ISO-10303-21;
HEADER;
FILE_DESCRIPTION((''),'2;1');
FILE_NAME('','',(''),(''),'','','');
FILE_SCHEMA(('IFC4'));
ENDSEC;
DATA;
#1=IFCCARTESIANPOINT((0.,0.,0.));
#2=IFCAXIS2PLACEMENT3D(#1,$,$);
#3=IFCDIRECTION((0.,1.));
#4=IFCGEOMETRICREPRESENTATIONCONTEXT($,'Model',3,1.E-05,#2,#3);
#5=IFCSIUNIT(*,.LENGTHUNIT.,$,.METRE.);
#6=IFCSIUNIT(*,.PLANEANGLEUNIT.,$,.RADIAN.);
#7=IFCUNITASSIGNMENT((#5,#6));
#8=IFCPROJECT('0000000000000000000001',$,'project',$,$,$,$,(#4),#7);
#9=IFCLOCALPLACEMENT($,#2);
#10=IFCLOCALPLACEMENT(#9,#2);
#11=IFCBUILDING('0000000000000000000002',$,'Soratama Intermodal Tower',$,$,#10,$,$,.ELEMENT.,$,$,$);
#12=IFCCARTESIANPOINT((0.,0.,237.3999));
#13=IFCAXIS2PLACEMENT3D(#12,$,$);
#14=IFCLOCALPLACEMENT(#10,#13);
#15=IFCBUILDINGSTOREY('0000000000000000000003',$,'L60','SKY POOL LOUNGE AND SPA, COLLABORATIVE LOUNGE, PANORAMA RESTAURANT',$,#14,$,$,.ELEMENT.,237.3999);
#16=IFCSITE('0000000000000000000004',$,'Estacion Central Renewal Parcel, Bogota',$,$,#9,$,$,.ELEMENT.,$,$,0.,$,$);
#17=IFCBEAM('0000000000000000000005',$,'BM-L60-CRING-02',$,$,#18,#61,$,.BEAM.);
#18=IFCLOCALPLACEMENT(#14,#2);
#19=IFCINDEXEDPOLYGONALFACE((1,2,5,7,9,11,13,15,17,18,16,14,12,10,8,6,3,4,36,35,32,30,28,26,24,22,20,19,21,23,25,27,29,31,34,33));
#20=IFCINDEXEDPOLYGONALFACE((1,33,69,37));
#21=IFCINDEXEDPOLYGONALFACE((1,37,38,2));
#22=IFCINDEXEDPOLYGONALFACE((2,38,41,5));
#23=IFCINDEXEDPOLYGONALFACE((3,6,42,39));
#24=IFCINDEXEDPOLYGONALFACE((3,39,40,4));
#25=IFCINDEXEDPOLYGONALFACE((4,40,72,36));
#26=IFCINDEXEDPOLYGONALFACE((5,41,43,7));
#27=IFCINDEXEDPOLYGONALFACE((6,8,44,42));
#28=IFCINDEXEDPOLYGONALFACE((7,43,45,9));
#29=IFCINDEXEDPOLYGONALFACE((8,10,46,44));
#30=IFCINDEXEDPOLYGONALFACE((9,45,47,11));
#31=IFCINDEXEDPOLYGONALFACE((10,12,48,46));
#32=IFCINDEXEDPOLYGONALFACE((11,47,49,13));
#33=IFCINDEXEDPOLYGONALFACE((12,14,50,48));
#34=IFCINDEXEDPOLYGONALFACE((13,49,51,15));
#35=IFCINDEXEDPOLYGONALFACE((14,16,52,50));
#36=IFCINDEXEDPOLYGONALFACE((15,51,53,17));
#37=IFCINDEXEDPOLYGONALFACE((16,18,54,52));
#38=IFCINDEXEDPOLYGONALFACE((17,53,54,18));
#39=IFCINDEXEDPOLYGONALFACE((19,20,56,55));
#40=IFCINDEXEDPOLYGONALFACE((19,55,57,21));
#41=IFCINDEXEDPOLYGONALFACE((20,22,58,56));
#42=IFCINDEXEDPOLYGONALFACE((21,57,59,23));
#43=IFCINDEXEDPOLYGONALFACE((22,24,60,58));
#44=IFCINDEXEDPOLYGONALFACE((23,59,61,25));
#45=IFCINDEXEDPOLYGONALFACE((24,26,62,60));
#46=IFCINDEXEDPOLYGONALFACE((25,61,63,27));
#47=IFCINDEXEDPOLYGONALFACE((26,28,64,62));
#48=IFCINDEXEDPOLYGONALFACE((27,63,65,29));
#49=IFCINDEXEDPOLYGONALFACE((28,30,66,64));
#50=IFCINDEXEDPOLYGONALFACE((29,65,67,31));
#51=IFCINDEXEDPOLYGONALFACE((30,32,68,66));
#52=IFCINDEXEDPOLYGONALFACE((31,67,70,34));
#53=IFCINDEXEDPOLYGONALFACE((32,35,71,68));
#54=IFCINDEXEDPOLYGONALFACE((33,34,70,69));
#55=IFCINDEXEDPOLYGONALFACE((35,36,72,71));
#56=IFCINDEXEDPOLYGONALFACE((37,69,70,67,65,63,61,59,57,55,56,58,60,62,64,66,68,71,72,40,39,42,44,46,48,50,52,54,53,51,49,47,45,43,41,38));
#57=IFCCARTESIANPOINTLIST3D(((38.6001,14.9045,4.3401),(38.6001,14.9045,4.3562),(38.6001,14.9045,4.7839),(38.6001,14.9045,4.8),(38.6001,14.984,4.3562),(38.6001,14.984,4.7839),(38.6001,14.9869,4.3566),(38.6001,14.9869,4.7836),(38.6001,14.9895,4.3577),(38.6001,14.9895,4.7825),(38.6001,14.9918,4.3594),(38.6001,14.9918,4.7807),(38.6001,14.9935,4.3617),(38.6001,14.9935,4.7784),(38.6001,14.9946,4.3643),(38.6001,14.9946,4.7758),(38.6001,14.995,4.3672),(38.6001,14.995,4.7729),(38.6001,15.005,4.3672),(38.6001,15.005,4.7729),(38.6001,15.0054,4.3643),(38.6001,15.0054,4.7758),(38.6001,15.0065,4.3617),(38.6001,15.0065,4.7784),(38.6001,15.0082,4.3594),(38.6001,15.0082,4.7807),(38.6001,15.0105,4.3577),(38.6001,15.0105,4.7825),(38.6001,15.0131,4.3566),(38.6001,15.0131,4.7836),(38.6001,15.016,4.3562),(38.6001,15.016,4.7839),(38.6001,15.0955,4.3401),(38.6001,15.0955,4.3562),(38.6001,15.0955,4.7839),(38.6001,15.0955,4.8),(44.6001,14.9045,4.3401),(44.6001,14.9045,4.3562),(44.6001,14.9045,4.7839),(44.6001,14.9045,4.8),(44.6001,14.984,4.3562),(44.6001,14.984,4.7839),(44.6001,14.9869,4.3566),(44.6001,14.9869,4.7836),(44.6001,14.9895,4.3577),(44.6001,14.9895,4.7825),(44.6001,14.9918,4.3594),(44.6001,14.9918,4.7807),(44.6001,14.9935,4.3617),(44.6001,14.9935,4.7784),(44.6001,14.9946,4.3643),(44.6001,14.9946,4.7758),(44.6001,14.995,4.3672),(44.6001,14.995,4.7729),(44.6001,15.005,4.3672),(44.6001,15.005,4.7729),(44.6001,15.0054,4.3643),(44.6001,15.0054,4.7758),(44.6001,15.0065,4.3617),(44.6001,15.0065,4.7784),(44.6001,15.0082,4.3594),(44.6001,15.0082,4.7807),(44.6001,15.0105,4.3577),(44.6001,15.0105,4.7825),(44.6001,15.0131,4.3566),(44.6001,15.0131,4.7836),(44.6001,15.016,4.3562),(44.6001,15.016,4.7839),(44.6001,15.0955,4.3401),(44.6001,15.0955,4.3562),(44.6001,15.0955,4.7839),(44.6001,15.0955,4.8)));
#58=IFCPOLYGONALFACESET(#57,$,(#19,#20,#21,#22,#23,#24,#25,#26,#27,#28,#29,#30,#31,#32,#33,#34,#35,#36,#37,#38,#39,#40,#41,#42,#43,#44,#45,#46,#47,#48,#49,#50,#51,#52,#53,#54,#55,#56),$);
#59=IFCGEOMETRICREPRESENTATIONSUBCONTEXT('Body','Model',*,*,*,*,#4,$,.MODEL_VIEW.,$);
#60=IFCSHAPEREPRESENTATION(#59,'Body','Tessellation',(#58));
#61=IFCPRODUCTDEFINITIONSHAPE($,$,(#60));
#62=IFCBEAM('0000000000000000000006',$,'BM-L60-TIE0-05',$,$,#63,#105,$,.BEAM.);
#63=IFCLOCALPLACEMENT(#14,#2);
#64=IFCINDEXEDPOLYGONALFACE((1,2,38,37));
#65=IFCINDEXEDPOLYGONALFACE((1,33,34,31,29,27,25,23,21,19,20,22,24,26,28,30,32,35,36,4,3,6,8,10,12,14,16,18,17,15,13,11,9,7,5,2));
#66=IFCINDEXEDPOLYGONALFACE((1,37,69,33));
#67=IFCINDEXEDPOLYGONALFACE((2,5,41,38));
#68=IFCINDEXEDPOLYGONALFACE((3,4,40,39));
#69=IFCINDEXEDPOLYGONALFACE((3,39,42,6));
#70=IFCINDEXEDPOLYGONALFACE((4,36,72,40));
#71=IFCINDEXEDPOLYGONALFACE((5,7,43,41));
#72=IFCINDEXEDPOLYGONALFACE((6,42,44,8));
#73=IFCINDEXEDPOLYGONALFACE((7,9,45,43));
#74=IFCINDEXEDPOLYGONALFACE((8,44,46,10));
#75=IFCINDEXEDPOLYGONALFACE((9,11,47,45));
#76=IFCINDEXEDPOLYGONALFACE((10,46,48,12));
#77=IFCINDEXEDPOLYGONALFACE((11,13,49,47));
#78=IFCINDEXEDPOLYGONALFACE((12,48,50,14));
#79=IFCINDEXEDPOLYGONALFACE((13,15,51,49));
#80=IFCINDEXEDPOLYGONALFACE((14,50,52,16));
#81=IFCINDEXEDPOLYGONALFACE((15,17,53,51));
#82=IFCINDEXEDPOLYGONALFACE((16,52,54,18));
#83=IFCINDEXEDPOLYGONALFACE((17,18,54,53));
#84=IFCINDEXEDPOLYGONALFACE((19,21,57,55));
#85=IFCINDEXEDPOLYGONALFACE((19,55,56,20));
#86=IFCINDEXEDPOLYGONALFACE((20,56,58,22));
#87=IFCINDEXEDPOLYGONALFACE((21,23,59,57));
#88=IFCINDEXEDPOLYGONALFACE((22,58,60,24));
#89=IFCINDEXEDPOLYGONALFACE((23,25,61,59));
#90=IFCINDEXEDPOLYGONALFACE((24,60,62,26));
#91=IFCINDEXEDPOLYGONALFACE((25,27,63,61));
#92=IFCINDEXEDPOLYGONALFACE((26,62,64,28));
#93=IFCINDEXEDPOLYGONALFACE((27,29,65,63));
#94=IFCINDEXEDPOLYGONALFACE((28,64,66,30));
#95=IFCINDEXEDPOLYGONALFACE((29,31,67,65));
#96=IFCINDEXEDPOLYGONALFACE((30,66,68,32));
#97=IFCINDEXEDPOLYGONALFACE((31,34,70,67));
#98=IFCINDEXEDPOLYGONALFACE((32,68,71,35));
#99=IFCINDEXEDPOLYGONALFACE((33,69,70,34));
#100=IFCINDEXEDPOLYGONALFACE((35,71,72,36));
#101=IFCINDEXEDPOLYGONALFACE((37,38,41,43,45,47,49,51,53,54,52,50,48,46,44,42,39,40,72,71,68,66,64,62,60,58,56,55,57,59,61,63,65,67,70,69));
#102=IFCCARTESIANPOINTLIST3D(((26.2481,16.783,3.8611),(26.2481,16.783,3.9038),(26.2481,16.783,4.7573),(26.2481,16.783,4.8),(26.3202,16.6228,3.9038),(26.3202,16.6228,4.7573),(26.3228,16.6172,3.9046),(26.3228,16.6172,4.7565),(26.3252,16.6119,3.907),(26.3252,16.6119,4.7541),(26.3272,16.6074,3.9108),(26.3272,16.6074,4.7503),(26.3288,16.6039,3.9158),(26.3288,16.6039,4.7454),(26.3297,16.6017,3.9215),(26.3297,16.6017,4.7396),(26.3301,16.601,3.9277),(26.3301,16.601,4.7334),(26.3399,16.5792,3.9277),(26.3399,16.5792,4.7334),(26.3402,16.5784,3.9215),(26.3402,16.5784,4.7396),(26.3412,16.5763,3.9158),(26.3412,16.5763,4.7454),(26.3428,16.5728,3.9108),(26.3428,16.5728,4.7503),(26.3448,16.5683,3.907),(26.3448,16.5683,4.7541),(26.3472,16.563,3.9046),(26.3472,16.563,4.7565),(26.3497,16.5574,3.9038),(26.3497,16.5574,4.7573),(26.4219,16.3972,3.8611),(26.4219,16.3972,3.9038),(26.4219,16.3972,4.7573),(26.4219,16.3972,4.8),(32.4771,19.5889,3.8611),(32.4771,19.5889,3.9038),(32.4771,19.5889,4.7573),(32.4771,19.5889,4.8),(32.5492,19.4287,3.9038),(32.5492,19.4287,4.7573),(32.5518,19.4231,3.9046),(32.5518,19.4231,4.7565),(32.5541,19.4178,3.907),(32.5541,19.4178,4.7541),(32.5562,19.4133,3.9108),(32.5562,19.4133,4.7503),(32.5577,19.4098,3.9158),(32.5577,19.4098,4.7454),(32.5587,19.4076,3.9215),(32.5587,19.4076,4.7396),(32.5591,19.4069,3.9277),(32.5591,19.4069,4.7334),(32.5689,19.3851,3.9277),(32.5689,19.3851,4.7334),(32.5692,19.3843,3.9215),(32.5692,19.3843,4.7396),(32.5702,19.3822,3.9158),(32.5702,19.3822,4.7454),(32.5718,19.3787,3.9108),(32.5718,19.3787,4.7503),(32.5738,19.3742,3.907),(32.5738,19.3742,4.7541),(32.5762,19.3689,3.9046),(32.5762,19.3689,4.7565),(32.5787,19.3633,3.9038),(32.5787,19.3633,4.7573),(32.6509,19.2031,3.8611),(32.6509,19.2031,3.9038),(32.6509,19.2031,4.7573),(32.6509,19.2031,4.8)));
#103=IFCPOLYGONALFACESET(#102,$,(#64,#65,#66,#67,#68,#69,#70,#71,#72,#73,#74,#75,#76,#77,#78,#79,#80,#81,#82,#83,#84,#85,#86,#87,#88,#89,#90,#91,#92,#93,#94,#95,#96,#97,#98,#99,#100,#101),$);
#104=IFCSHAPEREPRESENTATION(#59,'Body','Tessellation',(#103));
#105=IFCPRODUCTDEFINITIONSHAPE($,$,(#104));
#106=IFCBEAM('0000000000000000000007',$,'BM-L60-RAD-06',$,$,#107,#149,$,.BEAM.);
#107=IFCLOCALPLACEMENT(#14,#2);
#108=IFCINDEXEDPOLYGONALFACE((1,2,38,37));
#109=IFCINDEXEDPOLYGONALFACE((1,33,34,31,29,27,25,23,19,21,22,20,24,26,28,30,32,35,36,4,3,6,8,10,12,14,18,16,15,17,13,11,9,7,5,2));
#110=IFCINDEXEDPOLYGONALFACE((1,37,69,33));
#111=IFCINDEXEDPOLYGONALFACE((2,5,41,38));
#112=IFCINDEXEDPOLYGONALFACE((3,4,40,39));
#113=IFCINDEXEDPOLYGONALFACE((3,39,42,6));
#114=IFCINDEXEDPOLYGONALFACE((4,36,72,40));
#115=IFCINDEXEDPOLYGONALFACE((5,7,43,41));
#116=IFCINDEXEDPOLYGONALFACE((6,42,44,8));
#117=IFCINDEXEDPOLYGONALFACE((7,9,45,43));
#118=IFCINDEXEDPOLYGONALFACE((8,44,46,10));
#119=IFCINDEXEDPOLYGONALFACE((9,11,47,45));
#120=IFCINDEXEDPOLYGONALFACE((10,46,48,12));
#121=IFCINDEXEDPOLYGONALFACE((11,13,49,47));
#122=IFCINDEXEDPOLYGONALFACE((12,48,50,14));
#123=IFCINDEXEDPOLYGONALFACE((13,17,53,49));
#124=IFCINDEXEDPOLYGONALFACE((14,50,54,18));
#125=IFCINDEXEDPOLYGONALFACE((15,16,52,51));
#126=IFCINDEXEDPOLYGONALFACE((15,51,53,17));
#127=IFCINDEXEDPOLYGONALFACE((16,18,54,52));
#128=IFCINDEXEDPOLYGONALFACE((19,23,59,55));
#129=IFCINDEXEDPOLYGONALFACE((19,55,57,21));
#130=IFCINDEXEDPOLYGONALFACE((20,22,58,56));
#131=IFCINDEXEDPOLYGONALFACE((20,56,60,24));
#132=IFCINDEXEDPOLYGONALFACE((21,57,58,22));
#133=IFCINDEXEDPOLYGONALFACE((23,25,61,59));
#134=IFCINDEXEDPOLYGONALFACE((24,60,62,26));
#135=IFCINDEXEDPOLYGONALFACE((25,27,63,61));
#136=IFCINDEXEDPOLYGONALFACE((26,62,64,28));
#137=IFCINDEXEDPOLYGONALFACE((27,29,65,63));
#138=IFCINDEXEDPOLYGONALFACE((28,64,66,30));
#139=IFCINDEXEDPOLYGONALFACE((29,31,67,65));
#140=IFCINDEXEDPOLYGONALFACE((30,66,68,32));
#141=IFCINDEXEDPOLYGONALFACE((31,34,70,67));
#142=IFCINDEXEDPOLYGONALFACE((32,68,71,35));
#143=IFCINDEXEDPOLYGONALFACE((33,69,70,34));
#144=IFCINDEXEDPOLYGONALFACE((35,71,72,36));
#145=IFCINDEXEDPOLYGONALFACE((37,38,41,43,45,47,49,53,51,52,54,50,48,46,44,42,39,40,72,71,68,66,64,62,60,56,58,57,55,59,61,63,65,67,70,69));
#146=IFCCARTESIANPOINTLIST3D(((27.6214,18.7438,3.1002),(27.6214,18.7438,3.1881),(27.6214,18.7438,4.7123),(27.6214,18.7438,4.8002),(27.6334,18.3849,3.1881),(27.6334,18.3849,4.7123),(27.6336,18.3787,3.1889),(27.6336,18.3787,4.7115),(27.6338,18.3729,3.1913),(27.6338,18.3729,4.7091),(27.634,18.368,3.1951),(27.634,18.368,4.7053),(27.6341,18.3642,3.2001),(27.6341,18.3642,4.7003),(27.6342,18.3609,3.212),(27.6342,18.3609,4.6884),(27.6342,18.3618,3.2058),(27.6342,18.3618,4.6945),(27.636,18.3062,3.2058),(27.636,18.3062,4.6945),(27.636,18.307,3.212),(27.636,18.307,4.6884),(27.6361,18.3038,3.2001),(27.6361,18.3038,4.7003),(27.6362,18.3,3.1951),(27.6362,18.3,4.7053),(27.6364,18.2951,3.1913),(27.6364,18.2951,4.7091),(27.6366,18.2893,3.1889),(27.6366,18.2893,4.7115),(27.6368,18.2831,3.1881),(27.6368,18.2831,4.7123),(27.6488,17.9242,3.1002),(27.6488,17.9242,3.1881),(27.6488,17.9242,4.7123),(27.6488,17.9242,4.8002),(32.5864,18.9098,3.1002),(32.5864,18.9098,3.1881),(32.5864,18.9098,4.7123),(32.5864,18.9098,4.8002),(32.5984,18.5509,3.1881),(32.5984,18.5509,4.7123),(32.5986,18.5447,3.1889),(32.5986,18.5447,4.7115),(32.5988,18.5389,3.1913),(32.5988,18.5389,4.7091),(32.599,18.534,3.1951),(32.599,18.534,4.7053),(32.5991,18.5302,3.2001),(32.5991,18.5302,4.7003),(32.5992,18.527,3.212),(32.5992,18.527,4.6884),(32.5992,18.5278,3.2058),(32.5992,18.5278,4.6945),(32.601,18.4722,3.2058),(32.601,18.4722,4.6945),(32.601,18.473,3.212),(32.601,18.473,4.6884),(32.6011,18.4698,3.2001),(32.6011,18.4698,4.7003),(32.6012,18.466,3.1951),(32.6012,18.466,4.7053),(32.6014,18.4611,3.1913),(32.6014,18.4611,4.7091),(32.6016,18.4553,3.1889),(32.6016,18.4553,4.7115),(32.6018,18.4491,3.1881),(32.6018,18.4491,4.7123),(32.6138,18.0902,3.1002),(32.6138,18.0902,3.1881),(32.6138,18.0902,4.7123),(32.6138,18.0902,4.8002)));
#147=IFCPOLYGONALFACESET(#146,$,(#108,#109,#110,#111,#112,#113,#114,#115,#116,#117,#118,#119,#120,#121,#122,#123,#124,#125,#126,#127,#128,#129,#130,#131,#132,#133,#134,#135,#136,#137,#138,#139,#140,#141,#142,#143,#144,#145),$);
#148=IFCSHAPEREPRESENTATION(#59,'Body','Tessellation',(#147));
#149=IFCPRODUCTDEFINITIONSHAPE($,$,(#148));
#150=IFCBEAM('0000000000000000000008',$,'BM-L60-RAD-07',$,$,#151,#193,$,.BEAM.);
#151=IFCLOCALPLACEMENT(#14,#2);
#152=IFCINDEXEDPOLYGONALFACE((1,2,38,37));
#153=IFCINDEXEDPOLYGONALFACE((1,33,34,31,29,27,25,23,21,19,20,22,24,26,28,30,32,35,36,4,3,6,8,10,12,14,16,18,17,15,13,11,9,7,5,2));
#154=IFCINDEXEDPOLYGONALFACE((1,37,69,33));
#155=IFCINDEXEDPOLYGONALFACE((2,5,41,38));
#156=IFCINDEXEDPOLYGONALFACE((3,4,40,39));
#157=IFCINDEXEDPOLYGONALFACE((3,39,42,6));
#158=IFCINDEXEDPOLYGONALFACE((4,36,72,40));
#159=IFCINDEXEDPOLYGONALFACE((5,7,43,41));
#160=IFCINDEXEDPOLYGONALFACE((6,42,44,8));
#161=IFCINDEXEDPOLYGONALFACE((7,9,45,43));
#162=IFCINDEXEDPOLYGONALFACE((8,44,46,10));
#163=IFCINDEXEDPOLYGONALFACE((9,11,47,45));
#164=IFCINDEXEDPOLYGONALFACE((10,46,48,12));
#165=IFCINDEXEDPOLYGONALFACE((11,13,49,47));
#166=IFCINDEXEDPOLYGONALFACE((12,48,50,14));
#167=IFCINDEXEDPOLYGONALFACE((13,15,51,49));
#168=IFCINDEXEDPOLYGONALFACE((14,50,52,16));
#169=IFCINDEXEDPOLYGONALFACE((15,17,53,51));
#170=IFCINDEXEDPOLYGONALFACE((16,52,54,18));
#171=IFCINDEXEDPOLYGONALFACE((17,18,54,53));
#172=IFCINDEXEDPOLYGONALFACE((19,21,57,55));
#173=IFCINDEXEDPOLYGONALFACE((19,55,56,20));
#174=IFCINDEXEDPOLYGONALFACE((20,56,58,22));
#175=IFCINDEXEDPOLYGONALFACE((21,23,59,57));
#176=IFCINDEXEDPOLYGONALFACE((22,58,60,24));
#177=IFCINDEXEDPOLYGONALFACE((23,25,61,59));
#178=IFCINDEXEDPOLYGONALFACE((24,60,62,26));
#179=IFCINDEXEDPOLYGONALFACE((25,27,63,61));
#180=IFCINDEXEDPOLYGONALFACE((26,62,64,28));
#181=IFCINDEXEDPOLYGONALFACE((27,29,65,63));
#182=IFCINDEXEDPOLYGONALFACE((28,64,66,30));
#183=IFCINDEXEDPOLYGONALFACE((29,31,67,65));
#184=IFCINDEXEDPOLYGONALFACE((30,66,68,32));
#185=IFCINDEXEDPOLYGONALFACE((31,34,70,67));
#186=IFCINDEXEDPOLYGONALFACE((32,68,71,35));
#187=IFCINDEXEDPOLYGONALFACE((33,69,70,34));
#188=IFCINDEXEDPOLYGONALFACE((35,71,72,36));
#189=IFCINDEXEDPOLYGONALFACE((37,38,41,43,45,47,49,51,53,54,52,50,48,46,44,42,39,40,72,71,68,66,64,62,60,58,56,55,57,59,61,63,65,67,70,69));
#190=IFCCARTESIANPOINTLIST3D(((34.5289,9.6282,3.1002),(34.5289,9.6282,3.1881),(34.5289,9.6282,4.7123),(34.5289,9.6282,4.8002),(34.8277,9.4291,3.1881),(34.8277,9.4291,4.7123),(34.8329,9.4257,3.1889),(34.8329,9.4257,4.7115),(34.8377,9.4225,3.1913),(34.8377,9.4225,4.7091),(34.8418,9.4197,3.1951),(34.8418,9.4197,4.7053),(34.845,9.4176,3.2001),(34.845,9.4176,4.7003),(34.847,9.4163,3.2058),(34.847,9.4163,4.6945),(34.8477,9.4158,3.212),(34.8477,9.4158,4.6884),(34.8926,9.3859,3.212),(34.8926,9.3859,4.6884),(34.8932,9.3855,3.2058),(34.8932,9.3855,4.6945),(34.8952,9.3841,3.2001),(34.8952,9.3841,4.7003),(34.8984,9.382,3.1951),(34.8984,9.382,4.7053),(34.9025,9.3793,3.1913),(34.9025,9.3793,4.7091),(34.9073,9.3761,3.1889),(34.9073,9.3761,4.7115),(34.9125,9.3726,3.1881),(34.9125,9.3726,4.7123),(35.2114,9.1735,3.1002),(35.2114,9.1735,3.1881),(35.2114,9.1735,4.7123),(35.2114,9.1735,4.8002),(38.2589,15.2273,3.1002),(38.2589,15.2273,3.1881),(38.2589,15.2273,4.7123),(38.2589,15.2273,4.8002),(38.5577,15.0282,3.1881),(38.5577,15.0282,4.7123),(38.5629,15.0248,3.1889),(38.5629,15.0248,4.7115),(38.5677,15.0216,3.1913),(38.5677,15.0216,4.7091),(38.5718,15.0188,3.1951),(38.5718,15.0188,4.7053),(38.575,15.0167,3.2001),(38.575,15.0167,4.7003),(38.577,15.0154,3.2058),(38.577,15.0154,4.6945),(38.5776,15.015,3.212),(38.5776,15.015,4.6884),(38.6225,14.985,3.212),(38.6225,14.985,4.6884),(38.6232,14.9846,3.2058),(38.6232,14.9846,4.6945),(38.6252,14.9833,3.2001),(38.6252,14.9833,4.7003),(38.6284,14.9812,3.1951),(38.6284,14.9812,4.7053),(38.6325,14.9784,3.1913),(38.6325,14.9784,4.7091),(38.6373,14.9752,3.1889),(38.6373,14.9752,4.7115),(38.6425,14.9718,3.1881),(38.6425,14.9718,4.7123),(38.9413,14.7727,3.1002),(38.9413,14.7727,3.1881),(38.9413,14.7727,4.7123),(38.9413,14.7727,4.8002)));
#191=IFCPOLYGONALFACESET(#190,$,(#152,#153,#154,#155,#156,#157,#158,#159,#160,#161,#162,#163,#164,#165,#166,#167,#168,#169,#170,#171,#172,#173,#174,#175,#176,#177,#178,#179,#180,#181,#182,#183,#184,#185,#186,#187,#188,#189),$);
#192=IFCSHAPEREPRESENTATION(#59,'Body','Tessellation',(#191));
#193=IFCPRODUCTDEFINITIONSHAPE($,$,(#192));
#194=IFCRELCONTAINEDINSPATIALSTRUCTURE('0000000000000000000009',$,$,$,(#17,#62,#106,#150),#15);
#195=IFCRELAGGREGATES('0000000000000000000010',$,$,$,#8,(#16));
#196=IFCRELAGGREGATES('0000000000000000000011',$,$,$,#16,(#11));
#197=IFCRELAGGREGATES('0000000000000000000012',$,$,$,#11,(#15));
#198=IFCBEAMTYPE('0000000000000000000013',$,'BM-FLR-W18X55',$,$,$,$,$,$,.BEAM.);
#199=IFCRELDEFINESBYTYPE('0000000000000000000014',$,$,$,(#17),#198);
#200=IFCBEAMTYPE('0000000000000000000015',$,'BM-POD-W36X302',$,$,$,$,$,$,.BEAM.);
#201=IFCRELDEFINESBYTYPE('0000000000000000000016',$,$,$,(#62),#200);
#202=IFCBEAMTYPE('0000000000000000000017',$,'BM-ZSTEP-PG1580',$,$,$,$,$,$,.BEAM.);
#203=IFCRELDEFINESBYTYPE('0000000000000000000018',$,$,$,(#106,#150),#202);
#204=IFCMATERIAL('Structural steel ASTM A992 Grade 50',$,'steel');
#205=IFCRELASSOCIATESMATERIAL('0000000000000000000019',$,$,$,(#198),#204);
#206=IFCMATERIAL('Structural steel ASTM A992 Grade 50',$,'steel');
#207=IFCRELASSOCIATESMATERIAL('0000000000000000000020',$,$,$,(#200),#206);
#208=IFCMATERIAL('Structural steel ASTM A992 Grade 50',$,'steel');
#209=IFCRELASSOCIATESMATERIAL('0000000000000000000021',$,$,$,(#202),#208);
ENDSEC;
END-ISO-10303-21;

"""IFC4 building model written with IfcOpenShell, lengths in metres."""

from ifc_helpers import new_model, si_unit, direction, frame, origin, origin_2d, place, context, subcontext, project, spatial, i_section, extrude, material, material_profile, profile_set, type_object, element, save


model = new_model("IFC4")

# Units and contexts
model_context = context("Model", 3, precision=1e-05, world=origin(), true_north=direction((0.0, 1.0)))
body_context = subcontext(model_context, "Body", "Model", "MODEL_VIEW")
ifc_project = project(units=[si_unit("LENGTHUNIT", "METRE"), si_unit("PLANEANGLEUNIT", "RADIAN")], contexts=[model_context])

# Site, building, storey
site_placement = place(None, origin())
site = spatial("IfcSite", under=ifc_project, at=site_placement, Name="Estacion Central Renewal Parcel, Bogota", CompositionType="ELEMENT", RefElevation=0.0)
building_placement = place(site_placement, origin())
building = spatial("IfcBuilding", under=site, at=building_placement, Name="Soratama Intermodal Tower", CompositionType="ELEMENT")
storey_placement = place(building_placement, frame((0.0, 0.0, 237.3999)))
storey = spatial("IfcBuildingStorey", under=building, at=storey_placement, Name="L60", Description="SKY POOL LOUNGE AND SPA, COLLABORATIVE LOUNGE, PANORAMA RESTAURANT", CompositionType="ELEMENT", Elevation=237.3999)

# Beams
ifc_material_1 = material(Name="Structural steel ASTM A992 Grade 50", Category="steel")
ifc_material_profile_1 = material_profile(ifc_material_1, i_section(OverallWidth=0.1909, OverallDepth=0.46, WebThickness=0.01, FlangeThickness=0.0161, FilletRadius=0.011, at=origin_2d()), Name="W18X55")
ifc_profile_set_1 = profile_set([ifc_material_profile_1], Name="Structural steel ASTM A992 Grade 50")
beam_type_1 = type_object("IfcBeamType", Name="BM-FLR-W18X55", PredefinedType="BEAM", material=ifc_profile_set_1)
beam_1_placement = place(storey_placement, frame((38.6001, 15.0, 4.5701), z_axis=(1.0, 0.0, 0.0), x_axis=(0.0, 1.0, 0.0)))
element("IfcBeam", 1, at=beam_1_placement, inside=storey, type_object=beam_type_1, Name="BM-L60-CRING-02", PredefinedType="BEAM", context=body_context, shape_type="SweptSolid", body=[
    extrude(i_section(OverallWidth=0.1909, OverallDepth=0.46, WebThickness=0.01, FlangeThickness=0.0161, FilletRadius=0.011, at=origin_2d()), origin(), (0.0, 0.0, 1.0), 6.0),
])
ifc_material_2 = material(Name="Structural steel ASTM A992 Grade 50", Category="steel")
ifc_material_profile_2 = material_profile(ifc_material_2, i_section(OverallWidth=0.4231, OverallDepth=0.939, WebThickness=0.0239, FlangeThickness=0.0427, FilletRadius=0.0239, at=origin_2d()), Name="W36X302")
ifc_profile_set_2 = profile_set([ifc_material_profile_2], Name="Structural steel ASTM A992 Grade 50")
beam_type_2 = type_object("IfcBeamType", Name="BM-POD-W36X302", PredefinedType="BEAM", material=ifc_profile_set_2)
beam_2_placement = place(storey_placement, frame((32.564, 19.396, 4.3306), z_axis=(-0.911765, -0.410712, 0.0), x_axis=(0.410712, -0.911765, 0.0)))
element("IfcBeam", 2, at=beam_2_placement, inside=storey, type_object=beam_type_2, Name="BM-L60-TIE0-05", PredefinedType="BEAM", context=body_context, shape_type="SweptSolid", body=[
    extrude(i_section(OverallWidth=0.4231, OverallDepth=0.939, WebThickness=0.0239, FlangeThickness=0.0427, FilletRadius=0.0239, at=origin_2d()), origin(), (0.0, 0.0, 1.0), 6.8318),
])
ifc_material_3 = material(Name="Structural steel ASTM A992 Grade 50", Category="steel")
ifc_material_profile_3 = material_profile(ifc_material_3, i_section(OverallWidth=0.8201, OverallDepth=1.7, WebThickness=0.054, FlangeThickness=0.0879, FilletRadius=0.0239, at=origin_2d()), Name="PG1580X800")
ifc_profile_set_3 = profile_set([ifc_material_profile_3], Name="Structural steel ASTM A992 Grade 50")
beam_type_3 = type_object("IfcBeamType", Name="BM-ZSTEP-PG1580", PredefinedType="BEAM", material=ifc_profile_set_3)
beam_3_placement = place(storey_placement, frame((32.6001, 18.5, 3.9502), z_axis=(-0.999441, -0.033418, 0.0), x_axis=(0.033418, -0.999441, 0.0)))
element("IfcBeam", 3, at=beam_3_placement, inside=storey, type_object=beam_type_3, Name="BM-L60-RAD-06", PredefinedType="BEAM", context=body_context, shape_type="SweptSolid", body=[
    extrude(i_section(OverallWidth=0.8201, OverallDepth=1.7, WebThickness=0.054, FlangeThickness=0.0879, FilletRadius=0.0239, at=origin_2d()), origin(), (0.0, 0.0, 1.0), 4.9678),
])
beam_4_placement = place(storey_placement, frame((38.6001, 15.0, 3.9502), z_axis=(-0.554415, -0.83224, 0.0), x_axis=(0.83224, -0.554415, 0.0)))
element("IfcBeam", 4, at=beam_4_placement, inside=storey, type_object=beam_type_3, Name="BM-L60-RAD-07", PredefinedType="BEAM", context=body_context, shape_type="SweptSolid", body=[
    extrude(i_section(OverallWidth=0.8201, OverallDepth=1.7, WebThickness=0.054, FlangeThickness=0.0879, FilletRadius=0.0239, at=origin_2d()), origin(), (0.0, 0.0, 1.0), 6.7278),
])

save(model, "model.ifc")
